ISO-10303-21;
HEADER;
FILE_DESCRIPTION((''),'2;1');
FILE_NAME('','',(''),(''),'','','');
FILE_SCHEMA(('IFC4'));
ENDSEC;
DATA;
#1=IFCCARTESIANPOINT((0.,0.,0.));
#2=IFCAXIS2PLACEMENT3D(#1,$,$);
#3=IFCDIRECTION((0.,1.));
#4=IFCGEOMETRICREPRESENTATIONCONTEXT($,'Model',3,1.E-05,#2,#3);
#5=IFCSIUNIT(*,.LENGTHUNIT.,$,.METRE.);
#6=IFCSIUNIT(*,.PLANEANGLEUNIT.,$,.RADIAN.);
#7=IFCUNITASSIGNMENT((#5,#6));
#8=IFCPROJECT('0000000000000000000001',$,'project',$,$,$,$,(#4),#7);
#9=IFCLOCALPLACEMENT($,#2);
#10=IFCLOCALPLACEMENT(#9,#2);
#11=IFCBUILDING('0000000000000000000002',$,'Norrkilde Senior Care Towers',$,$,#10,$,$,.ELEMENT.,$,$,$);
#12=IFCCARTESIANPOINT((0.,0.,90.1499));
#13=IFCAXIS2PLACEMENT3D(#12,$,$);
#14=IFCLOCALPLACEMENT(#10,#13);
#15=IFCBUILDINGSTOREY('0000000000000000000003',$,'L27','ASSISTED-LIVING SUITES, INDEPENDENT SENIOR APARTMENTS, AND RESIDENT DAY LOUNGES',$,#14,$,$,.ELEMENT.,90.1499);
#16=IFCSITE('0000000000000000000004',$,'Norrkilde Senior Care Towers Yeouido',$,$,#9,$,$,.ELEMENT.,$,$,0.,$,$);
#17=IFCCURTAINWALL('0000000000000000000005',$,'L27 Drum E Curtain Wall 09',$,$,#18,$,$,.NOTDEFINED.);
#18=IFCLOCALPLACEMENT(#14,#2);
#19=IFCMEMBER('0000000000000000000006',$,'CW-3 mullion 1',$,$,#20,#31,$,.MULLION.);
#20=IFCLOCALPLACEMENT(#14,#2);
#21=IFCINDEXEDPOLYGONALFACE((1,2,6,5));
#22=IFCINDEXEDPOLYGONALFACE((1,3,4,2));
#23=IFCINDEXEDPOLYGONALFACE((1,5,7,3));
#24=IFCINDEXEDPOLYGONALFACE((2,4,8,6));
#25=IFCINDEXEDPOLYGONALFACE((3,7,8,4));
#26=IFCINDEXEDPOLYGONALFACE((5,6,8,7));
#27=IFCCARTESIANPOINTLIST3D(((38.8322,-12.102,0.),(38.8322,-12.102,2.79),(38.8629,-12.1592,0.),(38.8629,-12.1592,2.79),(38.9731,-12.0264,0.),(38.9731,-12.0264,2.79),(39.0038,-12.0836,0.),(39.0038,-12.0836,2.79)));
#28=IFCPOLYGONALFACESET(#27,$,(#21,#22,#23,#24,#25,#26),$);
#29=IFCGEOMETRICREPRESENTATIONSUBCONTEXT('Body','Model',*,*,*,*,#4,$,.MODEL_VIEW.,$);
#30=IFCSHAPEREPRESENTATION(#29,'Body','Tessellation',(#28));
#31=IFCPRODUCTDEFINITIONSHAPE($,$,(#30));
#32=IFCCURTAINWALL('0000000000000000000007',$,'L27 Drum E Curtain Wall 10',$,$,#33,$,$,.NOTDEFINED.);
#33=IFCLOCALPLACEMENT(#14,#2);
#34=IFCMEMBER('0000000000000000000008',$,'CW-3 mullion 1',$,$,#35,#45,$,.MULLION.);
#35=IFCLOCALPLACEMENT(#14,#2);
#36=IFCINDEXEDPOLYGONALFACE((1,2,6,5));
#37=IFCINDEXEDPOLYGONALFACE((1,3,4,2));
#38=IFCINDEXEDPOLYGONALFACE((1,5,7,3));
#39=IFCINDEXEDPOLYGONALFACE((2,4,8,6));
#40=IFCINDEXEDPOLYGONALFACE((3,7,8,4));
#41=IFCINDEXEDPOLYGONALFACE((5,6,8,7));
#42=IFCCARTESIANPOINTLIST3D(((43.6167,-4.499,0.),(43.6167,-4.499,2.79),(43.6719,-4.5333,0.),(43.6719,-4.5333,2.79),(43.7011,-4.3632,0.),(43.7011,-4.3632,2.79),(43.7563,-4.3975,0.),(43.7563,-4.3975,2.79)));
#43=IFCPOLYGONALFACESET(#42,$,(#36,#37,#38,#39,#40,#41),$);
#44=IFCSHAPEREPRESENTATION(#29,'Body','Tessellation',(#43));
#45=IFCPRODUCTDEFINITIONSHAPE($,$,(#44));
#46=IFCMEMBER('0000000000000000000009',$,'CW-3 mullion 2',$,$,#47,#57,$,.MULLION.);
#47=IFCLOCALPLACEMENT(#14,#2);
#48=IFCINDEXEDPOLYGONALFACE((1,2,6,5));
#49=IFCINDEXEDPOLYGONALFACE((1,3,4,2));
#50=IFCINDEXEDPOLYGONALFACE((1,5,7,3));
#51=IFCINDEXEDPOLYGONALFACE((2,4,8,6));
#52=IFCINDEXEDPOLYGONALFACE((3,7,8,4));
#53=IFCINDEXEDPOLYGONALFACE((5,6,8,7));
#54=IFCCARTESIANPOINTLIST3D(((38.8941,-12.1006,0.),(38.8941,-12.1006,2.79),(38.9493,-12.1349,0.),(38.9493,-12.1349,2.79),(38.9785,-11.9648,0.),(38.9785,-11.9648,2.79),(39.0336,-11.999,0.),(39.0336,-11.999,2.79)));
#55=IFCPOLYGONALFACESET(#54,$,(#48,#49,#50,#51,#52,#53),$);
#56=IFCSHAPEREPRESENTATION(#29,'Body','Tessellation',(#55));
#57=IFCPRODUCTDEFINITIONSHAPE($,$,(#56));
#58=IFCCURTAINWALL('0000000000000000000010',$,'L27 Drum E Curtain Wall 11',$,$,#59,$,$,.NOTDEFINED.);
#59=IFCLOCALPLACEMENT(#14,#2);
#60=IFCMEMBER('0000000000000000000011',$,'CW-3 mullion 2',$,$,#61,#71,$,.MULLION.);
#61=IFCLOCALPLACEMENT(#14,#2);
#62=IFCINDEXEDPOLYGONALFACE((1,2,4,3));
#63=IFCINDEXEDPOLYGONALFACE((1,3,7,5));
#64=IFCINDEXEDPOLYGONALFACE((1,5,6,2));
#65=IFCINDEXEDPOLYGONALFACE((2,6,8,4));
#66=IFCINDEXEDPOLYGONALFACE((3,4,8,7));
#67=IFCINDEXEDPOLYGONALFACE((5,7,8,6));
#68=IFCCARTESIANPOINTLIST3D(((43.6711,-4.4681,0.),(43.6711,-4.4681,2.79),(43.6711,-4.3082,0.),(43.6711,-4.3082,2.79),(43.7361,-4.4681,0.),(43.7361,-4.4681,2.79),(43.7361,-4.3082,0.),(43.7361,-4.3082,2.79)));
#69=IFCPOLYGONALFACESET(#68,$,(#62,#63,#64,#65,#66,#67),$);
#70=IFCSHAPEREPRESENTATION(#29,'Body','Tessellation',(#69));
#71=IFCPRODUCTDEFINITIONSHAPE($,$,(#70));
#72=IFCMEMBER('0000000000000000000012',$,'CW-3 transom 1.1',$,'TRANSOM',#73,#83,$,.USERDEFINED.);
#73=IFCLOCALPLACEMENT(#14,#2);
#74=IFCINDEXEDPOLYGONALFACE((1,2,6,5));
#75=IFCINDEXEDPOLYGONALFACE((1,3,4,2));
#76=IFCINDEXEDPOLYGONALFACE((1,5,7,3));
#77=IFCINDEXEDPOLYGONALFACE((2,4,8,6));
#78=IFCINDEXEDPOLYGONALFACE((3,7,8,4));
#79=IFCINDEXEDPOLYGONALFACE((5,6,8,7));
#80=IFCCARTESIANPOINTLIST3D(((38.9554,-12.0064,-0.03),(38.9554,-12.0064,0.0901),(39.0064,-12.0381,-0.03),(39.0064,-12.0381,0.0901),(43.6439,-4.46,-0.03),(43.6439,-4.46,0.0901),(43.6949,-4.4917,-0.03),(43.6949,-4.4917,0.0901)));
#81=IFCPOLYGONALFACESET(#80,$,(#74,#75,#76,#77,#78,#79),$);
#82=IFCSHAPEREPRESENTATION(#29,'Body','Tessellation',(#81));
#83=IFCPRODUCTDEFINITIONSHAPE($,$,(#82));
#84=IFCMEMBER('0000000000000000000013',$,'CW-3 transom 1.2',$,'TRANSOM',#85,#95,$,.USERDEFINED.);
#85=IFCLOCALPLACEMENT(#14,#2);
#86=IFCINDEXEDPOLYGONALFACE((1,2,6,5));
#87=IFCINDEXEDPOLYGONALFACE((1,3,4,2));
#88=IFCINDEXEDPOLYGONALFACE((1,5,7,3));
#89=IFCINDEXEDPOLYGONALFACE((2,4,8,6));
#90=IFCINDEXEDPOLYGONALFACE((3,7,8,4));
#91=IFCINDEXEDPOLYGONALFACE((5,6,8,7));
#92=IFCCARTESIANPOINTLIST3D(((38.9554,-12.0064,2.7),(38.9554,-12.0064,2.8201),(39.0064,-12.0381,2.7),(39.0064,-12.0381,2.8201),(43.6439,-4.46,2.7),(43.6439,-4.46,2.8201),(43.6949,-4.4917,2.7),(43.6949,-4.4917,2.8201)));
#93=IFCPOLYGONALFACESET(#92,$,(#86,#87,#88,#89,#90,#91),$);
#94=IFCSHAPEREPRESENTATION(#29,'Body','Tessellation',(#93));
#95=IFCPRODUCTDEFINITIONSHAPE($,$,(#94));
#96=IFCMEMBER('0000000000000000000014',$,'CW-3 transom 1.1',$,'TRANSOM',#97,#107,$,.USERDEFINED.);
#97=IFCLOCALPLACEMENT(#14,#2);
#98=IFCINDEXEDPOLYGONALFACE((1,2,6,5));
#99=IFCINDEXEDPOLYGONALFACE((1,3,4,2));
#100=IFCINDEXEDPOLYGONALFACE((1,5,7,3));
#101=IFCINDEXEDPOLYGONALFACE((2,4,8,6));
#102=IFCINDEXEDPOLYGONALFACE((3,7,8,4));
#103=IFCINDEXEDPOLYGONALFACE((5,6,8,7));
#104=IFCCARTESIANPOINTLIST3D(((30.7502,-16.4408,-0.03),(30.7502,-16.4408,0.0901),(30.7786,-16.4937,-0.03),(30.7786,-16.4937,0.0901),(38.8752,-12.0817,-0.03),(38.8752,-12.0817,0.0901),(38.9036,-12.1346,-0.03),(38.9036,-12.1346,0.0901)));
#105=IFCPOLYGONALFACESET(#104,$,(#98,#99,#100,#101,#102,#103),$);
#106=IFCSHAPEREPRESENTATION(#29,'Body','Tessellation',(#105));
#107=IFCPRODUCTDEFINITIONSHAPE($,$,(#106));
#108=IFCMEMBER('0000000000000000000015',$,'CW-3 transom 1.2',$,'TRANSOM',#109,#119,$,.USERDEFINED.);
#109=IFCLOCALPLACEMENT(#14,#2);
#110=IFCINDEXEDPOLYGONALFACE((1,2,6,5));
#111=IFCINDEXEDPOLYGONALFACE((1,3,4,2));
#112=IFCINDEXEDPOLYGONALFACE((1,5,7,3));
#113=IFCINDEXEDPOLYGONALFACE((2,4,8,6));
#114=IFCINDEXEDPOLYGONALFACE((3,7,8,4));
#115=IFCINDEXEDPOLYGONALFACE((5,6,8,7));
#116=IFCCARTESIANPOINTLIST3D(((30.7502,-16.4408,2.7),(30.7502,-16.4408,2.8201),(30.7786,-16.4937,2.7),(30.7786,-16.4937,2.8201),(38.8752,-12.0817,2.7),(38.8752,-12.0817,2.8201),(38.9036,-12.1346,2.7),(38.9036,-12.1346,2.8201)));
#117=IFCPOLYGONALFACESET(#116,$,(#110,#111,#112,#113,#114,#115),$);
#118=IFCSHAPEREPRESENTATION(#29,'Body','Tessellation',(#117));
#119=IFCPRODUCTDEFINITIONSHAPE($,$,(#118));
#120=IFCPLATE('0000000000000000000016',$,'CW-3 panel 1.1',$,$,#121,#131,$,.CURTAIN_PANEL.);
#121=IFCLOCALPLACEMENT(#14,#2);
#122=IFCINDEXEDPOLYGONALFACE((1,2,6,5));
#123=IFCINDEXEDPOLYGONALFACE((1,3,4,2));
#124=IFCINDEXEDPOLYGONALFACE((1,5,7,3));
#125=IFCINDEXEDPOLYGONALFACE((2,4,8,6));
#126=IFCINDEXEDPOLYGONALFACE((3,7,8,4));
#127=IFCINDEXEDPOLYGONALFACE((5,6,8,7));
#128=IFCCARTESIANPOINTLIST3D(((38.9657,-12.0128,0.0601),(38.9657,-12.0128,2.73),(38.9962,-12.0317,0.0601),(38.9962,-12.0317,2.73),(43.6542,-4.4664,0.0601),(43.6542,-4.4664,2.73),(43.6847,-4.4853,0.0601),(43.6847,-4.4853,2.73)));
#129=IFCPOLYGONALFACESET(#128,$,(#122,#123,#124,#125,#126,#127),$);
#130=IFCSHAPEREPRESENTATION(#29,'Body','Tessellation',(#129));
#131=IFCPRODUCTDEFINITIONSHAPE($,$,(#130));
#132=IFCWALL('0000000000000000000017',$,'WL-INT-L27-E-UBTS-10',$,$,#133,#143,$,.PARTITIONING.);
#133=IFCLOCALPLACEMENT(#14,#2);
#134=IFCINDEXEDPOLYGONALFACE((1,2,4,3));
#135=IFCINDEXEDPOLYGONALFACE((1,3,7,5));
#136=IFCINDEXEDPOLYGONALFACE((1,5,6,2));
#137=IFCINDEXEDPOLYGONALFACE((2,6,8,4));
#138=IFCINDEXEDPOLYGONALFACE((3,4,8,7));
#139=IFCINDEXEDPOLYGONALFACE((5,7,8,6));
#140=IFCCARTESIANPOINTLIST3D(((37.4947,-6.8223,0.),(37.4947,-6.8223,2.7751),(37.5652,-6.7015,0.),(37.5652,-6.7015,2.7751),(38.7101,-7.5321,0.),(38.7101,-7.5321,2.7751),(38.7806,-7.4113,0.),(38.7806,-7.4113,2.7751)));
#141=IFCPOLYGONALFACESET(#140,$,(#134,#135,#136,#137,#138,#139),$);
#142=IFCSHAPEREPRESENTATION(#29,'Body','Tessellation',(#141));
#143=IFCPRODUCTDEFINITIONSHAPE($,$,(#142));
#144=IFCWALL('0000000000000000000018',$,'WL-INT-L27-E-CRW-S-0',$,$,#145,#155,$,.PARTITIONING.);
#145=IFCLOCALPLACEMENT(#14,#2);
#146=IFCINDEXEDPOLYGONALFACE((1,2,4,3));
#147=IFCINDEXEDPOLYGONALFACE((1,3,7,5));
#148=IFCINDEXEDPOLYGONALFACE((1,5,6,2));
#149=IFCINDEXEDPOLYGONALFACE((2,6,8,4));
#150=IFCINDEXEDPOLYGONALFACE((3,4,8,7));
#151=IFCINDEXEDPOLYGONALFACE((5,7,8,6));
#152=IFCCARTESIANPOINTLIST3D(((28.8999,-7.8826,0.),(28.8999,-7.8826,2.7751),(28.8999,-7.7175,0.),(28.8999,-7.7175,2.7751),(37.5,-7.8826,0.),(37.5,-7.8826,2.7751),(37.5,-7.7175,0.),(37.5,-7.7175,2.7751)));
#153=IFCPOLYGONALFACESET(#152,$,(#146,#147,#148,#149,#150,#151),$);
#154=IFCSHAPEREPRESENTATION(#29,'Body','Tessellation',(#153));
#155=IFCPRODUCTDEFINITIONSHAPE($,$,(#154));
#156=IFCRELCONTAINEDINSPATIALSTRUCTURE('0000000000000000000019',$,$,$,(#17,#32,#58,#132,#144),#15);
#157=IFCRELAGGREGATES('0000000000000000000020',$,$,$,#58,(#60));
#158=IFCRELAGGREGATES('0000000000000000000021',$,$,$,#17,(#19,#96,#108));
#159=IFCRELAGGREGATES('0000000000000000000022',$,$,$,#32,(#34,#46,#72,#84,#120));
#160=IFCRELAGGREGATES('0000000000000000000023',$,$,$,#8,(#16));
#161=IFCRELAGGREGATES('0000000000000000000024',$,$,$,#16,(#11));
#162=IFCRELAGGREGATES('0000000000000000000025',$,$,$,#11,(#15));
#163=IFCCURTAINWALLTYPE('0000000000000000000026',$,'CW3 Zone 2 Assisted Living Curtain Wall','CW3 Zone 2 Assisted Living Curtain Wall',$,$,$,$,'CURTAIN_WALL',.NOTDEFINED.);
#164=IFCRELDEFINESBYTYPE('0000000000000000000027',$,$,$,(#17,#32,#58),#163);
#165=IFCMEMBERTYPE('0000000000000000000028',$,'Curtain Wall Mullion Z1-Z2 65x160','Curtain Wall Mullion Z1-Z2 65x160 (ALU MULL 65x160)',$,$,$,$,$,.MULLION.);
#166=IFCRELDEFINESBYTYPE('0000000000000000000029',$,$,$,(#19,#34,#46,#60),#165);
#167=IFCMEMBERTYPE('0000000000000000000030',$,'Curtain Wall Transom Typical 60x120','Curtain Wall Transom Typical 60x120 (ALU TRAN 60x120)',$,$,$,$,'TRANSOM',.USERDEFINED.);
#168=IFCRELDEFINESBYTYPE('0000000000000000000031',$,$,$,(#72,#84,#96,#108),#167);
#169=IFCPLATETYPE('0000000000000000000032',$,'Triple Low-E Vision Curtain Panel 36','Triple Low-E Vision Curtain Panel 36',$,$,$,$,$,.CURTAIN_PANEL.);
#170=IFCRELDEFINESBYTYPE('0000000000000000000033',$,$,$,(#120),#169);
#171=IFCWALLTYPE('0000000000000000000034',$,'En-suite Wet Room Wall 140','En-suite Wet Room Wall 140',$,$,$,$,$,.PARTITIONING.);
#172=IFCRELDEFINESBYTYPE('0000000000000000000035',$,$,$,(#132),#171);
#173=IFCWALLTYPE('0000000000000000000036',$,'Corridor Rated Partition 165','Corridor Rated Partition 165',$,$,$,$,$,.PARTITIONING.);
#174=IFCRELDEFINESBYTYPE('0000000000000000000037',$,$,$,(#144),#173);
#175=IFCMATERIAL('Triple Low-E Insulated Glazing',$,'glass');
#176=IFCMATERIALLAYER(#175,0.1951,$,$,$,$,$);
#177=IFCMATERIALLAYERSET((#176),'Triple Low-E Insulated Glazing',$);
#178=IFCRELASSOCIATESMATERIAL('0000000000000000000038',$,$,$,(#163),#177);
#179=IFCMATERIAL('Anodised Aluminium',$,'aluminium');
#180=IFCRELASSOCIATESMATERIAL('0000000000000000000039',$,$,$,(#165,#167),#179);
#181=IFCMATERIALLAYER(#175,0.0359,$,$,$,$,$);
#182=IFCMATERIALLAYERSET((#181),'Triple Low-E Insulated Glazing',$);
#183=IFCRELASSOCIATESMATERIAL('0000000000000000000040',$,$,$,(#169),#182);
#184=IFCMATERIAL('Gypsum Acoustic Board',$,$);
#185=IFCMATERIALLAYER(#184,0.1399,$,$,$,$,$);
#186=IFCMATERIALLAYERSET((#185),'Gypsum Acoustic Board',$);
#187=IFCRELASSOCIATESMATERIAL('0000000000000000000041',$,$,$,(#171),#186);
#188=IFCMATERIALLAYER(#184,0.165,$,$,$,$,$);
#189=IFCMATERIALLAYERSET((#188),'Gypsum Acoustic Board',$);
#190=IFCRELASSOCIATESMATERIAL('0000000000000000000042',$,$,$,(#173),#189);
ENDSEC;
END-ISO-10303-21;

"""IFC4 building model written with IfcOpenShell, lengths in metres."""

from ifc_helpers import new_model, si_unit, direction, frame, frame_2d, origin, origin_2d, place, context, subcontext, project, spatial, rectangle, extrude, source, transform, mapped, material, layer, layer_set, material_profile, profile_set, type_object, type_shapes, element, aggregate, save


model = new_model("IFC4")

# Units and contexts
model_context = context("Model", 3, precision=1e-05, world=origin(), true_north=direction((0.0, 1.0)))
body_context = subcontext(model_context, "Body", "Model", "MODEL_VIEW")
ifc_project = project(units=[si_unit("LENGTHUNIT", "METRE"), si_unit("PLANEANGLEUNIT", "RADIAN")], contexts=[model_context])

# Site, building, storey
site_placement = place(None, origin())
site = spatial("IfcSite", under=ifc_project, at=site_placement, Name="Norrkilde Senior Care Towers Yeouido", CompositionType="ELEMENT", RefElevation=0.0)
building_placement = place(site_placement, origin())
building = spatial("IfcBuilding", under=site, at=building_placement, Name="Norrkilde Senior Care Towers", CompositionType="ELEMENT")
storey_placement = place(building_placement, frame((0.0, 0.0, 90.1499)))
storey = spatial("IfcBuildingStorey", under=building, at=storey_placement, Name="L27", Description="ASSISTED-LIVING SUITES, INDEPENDENT SENIOR APARTMENTS, AND RESIDENT DAY LOUNGES", CompositionType="ELEMENT", Elevation=90.1499)

# Curtain wall, member
ifc_material_1 = material(Name="Triple Low-E Insulated Glazing", Category="glass")
ifc_layer_1 = layer(ifc_material_1, 0.1951)
ifc_layer_set_1 = layer_set([ifc_layer_1], Name="Triple Low-E Insulated Glazing")
curtain_wall_type = type_object("IfcCurtainWallType", Name="CW3 Zone 2 Assisted Living Curtain Wall", Description="CW3 Zone 2 Assisted Living Curtain Wall", ElementType="CURTAIN_WALL", PredefinedType="NOTDEFINED", material=ifc_layer_set_1)
curtain_wall_1_placement = place(storey_placement, origin())
curtain_wall_1 = element("IfcCurtainWall", 1, at=curtain_wall_1_placement, inside=storey, type_object=curtain_wall_type, Name="L27 Drum E Curtain Wall 09", PredefinedType="NOTDEFINED")
ifc_material_2 = material(Name="Anodised Aluminium", Category="aluminium")
ifc_material_profile_1 = material_profile(ifc_material_2, rectangle(XDim=0.0649, YDim=0.1599, at=origin_2d()), Name="ALU MULL 65x160")
ifc_profile_set_1 = profile_set([ifc_material_profile_1], Name="Anodised Aluminium")
member_type_1 = type_object("IfcMemberType", Name="Curtain Wall Mullion Z1-Z2 65x160", Description="Curtain Wall Mullion Z1-Z2 65x160 (ALU MULL 65x160)", PredefinedType="MULLION", material=ifc_profile_set_1)
shared_shape_1 = source(origin(), body_context, "Body", "SweptSolid", [
    extrude(rectangle(XDim=0.0649, YDim=0.1599, at=origin_2d()), origin(), (0.0, 0.0, 1.0), 2.79),
])
type_shapes(member_type_1, [shared_shape_1])
member_1_placement = place(storey_placement, frame((38.918, -12.0928, 0.0), z_axis=(0.0, 0.0, 1.0), x_axis=(0.472769, -0.881186, 0.0)))
member_1 = element("IfcMember", 2, at=member_1_placement, type_object=member_type_1, Name="CW-3 mullion 1", PredefinedType="MULLION", context=body_context, shape_type="MappedRepresentation", body=[
    mapped(shared_shape_1, transform((0.0, 0.0, 0.0), x_axis=(1.0, 0.0, 0.0), y_axis=(0.0, 1.0, 0.0), z_axis=(0.0, 0.0, 1.0), scale=1.0)),
])

# Curtain wall, members
curtain_wall_2_placement = place(storey_placement, origin())
curtain_wall_2 = element("IfcCurtainWall", 3, at=curtain_wall_2_placement, inside=storey, type_object=curtain_wall_type, Name="L27 Drum E Curtain Wall 10", PredefinedType="NOTDEFINED")
member_2_placement = place(storey_placement, frame((43.6865, -4.4482, 0.0), z_axis=(0.0, 0.0, 1.0), x_axis=(0.84941, -0.527733, 0.0)))
member_2 = element("IfcMember", 4, at=member_2_placement, type_object=member_type_1, Name="CW-3 mullion 1", PredefinedType="MULLION", context=body_context, shape_type="MappedRepresentation", body=[
    mapped(shared_shape_1, transform((0.0, 0.0, 0.0), x_axis=(1.0, 0.0, 0.0), y_axis=(0.0, 1.0, 0.0), z_axis=(0.0, 0.0, 1.0), scale=1.0)),
])
member_3_placement = place(storey_placement, frame((38.9639, -12.0498, 0.0), z_axis=(0.0, 0.0, 1.0), x_axis=(0.84941, -0.527733, 0.0)))
member_3 = element("IfcMember", 5, at=member_3_placement, type_object=member_type_1, Name="CW-3 mullion 2", PredefinedType="MULLION", context=body_context, shape_type="MappedRepresentation", body=[
    mapped(shared_shape_1, transform((0.0, 0.0, 0.0), x_axis=(1.0, 0.0, 0.0), y_axis=(0.0, 1.0, 0.0), z_axis=(0.0, 0.0, 1.0), scale=1.0)),
])

# Curtain wall, member
curtain_wall_3_placement = place(storey_placement, origin())
curtain_wall_3 = element("IfcCurtainWall", 6, at=curtain_wall_3_placement, inside=storey, type_object=curtain_wall_type, Name="L27 Drum E Curtain Wall 11", PredefinedType="NOTDEFINED")
member_4_placement = place(storey_placement, frame((43.7036, -4.3882, 0.0), z_axis=(0.0, 0.0, 1.0), x_axis=(1.0, 0.0, 0.0)))
member_4 = element("IfcMember", 7, at=member_4_placement, type_object=member_type_1, Name="CW-3 mullion 2", PredefinedType="MULLION", context=body_context, shape_type="MappedRepresentation", body=[
    mapped(shared_shape_1, transform((0.0, 0.0, 0.0), x_axis=(1.0, 0.0, 0.0), y_axis=(0.0, 1.0, 0.0), z_axis=(0.0, 0.0, 1.0), scale=1.0)),
])
aggregate(curtain_wall_3, [member_4])

# Members
ifc_material_profile_2 = material_profile(ifc_material_2, rectangle(XDim=0.0601, YDim=0.1201, at=origin_2d()), Name="ALU TRAN 60x120")
ifc_profile_set_2 = profile_set([ifc_material_profile_2], Name="Anodised Aluminium")
member_type_2 = type_object("IfcMemberType", Name="Curtain Wall Transom Typical 60x120", Description="Curtain Wall Transom Typical 60x120 (ALU TRAN 60x120)", ElementType="TRANSOM", PredefinedType="USERDEFINED", material=ifc_profile_set_2)
shared_shape_2 = source(origin(), body_context, "Body", "SweptSolid", [
    extrude(rectangle(XDim=0.0601, YDim=0.1201, at=origin_2d()), origin(), (0.0, 0.0, 1.0), 8.8843),
])
member_5_placement = place(storey_placement, frame((43.6694, -4.4758, 0.03), z_axis=(-0.527729, -0.849413, 0.0), x_axis=(0.849413, -0.527729, 0.0)))
member_5 = element("IfcMember", 8, at=member_5_placement, type_object=member_type_2, Name="CW-3 transom 1.1", ObjectType="TRANSOM", PredefinedType="USERDEFINED", context=body_context, shape_type="MappedRepresentation", body=[
    mapped(shared_shape_2, transform((0.0, 0.0, 0.0), x_axis=(1.0, 0.0, 0.0), y_axis=(0.0, 1.0, 0.0), z_axis=(0.0, 0.0, 1.0), scale=1.0)),
])
member_6_placement = place(storey_placement, frame((43.6694, -4.4758, 2.76), z_axis=(-0.527729, -0.849413, 0.0), x_axis=(0.849413, -0.527729, 0.0)))
member_6 = element("IfcMember", 9, at=member_6_placement, type_object=member_type_2, Name="CW-3 transom 1.2", ObjectType="TRANSOM", PredefinedType="USERDEFINED", context=body_context, shape_type="MappedRepresentation", body=[
    mapped(shared_shape_2, transform((0.0, 0.0, 0.0), x_axis=(1.0, 0.0, 0.0), y_axis=(0.0, 1.0, 0.0), z_axis=(0.0, 0.0, 1.0), scale=1.0)),
])
shared_shape_3 = source(origin(), body_context, "Body", "SweptSolid", [
    extrude(rectangle(XDim=0.0601, YDim=0.1201, at=origin_2d()), origin(), (0.0, 0.0, 1.0), 9.2205),
])
type_shapes(member_type_2, [shared_shape_2, shared_shape_3])
member_7_placement = place(storey_placement, frame((38.8894, -12.1082, 0.03), z_axis=(-0.881189, -0.472765, 0.0), x_axis=(0.472765, -0.881189, 0.0)))
member_7 = element("IfcMember", 10, at=member_7_placement, type_object=member_type_2, Name="CW-3 transom 1.1", ObjectType="TRANSOM", PredefinedType="USERDEFINED", context=body_context, shape_type="MappedRepresentation", body=[
    mapped(shared_shape_3, transform((0.0, 0.0, 0.0), x_axis=(1.0, 0.0, 0.0), y_axis=(0.0, 1.0, 0.0), z_axis=(0.0, 0.0, 1.0), scale=1.0)),
])
member_8_placement = place(storey_placement, frame((38.8894, -12.1082, 2.76), z_axis=(-0.881189, -0.472765, 0.0), x_axis=(0.472765, -0.881189, 0.0)))
member_8 = element("IfcMember", 11, at=member_8_placement, type_object=member_type_2, Name="CW-3 transom 1.2", ObjectType="TRANSOM", PredefinedType="USERDEFINED", context=body_context, shape_type="MappedRepresentation", body=[
    mapped(shared_shape_3, transform((0.0, 0.0, 0.0), x_axis=(1.0, 0.0, 0.0), y_axis=(0.0, 1.0, 0.0), z_axis=(0.0, 0.0, 1.0), scale=1.0)),
])
aggregate(curtain_wall_1, [member_1, member_7, member_8])

# Plate
ifc_layer_2 = layer(ifc_material_1, 0.0359)
ifc_layer_set_2 = layer_set([ifc_layer_2], Name="Triple Low-E Insulated Glazing")
plate_type = type_object("IfcPlateType", Name="Triple Low-E Vision Curtain Panel 36", Description="Triple Low-E Vision Curtain Panel 36", PredefinedType="CURTAIN_PANEL", material=ifc_layer_set_2)
shared_shape_4 = source(origin(), body_context, "Body", "SweptSolid", [
    extrude(rectangle(XDim=8.8843, YDim=0.0359, at=origin_2d()), origin(), (0.0, 0.0, 1.0), 2.6699),
])
type_shapes(plate_type, [shared_shape_4])
plate_placement = place(storey_placement, frame((41.3252, -8.249, 0.0601), z_axis=(0.0, 0.0, 1.0), x_axis=(-0.527733, -0.84941, 0.0)))
plate = element("IfcPlate", 12, at=plate_placement, type_object=plate_type, Name="CW-3 panel 1.1", PredefinedType="CURTAIN_PANEL", context=body_context, shape_type="MappedRepresentation", body=[
    mapped(shared_shape_4, transform((0.0, 0.0, 0.0), x_axis=(1.0, 0.0, 0.0), y_axis=(0.0, 1.0, 0.0), z_axis=(0.0, 0.0, 1.0), scale=1.0)),
])
aggregate(curtain_wall_2, [member_2, member_3, member_5, member_6, plate])

# Walls
ifc_material_3 = material(Name="Gypsum Acoustic Board")
ifc_layer_3 = layer(ifc_material_3, 0.1399)
ifc_layer_set_3 = layer_set([ifc_layer_3], Name="Gypsum Acoustic Board")
wall_type_1 = type_object("IfcWallType", Name="En-suite Wet Room Wall 140", Description="En-suite Wet Room Wall 140", PredefinedType="PARTITIONING", material=ifc_layer_set_3)
shared_shape_5 = source(origin(), body_context, "Body", "SweptSolid", [
    extrude(rectangle(XDim=1.4075, YDim=0.1399, at=frame_2d((0.7036, 0.0))), origin(), (0.0, 0.0, 1.0), 2.7751),
])
wall_1_placement = place(storey_placement, frame((37.53, -6.762, 0.0), z_axis=(0.0, 0.0, 1.0), x_axis=(0.86354, -0.504281, 0.0)))
element("IfcWall", 13, at=wall_1_placement, inside=storey, type_object=wall_type_1, Name="WL-INT-L27-E-UBTS-10", PredefinedType="PARTITIONING", context=body_context, shape_type="MappedRepresentation", body=[
    mapped(shared_shape_5, transform((0.0, 0.0, 0.0), x_axis=(1.0, 0.0, 0.0), y_axis=(0.0, 1.0, 0.0), z_axis=(0.0, 0.0, 1.0), scale=1.0)),
])
ifc_layer_4 = layer(ifc_material_3, 0.165)
ifc_layer_set_4 = layer_set([ifc_layer_4], Name="Gypsum Acoustic Board")
wall_type_2 = type_object("IfcWallType", Name="Corridor Rated Partition 165", Description="Corridor Rated Partition 165", PredefinedType="PARTITIONING", material=ifc_layer_set_4)
shared_shape_6 = source(origin(), body_context, "Body", "SweptSolid", [
    extrude(rectangle(XDim=8.6001, YDim=0.165, at=frame_2d((4.3, 0.0))), origin(), (0.0, 0.0, 1.0), 2.7751),
])
type_shapes(wall_type_2, [shared_shape_6])
wall_2_placement = place(storey_placement, frame((37.5, -7.8, 0.0), z_axis=(0.0, 0.0, 1.0), x_axis=(-1.0, 0.0, 0.0)))
element("IfcWall", 14, at=wall_2_placement, inside=storey, type_object=wall_type_2, Name="WL-INT-L27-E-CRW-S-0", PredefinedType="PARTITIONING", context=body_context, shape_type="MappedRepresentation", body=[
    mapped(shared_shape_6, transform((0.0, 0.0, 0.0), x_axis=(1.0, 0.0, 0.0), y_axis=(0.0, 1.0, 0.0), z_axis=(0.0, 0.0, 1.0), scale=1.0)),
])

save(model, "model.ifc")
